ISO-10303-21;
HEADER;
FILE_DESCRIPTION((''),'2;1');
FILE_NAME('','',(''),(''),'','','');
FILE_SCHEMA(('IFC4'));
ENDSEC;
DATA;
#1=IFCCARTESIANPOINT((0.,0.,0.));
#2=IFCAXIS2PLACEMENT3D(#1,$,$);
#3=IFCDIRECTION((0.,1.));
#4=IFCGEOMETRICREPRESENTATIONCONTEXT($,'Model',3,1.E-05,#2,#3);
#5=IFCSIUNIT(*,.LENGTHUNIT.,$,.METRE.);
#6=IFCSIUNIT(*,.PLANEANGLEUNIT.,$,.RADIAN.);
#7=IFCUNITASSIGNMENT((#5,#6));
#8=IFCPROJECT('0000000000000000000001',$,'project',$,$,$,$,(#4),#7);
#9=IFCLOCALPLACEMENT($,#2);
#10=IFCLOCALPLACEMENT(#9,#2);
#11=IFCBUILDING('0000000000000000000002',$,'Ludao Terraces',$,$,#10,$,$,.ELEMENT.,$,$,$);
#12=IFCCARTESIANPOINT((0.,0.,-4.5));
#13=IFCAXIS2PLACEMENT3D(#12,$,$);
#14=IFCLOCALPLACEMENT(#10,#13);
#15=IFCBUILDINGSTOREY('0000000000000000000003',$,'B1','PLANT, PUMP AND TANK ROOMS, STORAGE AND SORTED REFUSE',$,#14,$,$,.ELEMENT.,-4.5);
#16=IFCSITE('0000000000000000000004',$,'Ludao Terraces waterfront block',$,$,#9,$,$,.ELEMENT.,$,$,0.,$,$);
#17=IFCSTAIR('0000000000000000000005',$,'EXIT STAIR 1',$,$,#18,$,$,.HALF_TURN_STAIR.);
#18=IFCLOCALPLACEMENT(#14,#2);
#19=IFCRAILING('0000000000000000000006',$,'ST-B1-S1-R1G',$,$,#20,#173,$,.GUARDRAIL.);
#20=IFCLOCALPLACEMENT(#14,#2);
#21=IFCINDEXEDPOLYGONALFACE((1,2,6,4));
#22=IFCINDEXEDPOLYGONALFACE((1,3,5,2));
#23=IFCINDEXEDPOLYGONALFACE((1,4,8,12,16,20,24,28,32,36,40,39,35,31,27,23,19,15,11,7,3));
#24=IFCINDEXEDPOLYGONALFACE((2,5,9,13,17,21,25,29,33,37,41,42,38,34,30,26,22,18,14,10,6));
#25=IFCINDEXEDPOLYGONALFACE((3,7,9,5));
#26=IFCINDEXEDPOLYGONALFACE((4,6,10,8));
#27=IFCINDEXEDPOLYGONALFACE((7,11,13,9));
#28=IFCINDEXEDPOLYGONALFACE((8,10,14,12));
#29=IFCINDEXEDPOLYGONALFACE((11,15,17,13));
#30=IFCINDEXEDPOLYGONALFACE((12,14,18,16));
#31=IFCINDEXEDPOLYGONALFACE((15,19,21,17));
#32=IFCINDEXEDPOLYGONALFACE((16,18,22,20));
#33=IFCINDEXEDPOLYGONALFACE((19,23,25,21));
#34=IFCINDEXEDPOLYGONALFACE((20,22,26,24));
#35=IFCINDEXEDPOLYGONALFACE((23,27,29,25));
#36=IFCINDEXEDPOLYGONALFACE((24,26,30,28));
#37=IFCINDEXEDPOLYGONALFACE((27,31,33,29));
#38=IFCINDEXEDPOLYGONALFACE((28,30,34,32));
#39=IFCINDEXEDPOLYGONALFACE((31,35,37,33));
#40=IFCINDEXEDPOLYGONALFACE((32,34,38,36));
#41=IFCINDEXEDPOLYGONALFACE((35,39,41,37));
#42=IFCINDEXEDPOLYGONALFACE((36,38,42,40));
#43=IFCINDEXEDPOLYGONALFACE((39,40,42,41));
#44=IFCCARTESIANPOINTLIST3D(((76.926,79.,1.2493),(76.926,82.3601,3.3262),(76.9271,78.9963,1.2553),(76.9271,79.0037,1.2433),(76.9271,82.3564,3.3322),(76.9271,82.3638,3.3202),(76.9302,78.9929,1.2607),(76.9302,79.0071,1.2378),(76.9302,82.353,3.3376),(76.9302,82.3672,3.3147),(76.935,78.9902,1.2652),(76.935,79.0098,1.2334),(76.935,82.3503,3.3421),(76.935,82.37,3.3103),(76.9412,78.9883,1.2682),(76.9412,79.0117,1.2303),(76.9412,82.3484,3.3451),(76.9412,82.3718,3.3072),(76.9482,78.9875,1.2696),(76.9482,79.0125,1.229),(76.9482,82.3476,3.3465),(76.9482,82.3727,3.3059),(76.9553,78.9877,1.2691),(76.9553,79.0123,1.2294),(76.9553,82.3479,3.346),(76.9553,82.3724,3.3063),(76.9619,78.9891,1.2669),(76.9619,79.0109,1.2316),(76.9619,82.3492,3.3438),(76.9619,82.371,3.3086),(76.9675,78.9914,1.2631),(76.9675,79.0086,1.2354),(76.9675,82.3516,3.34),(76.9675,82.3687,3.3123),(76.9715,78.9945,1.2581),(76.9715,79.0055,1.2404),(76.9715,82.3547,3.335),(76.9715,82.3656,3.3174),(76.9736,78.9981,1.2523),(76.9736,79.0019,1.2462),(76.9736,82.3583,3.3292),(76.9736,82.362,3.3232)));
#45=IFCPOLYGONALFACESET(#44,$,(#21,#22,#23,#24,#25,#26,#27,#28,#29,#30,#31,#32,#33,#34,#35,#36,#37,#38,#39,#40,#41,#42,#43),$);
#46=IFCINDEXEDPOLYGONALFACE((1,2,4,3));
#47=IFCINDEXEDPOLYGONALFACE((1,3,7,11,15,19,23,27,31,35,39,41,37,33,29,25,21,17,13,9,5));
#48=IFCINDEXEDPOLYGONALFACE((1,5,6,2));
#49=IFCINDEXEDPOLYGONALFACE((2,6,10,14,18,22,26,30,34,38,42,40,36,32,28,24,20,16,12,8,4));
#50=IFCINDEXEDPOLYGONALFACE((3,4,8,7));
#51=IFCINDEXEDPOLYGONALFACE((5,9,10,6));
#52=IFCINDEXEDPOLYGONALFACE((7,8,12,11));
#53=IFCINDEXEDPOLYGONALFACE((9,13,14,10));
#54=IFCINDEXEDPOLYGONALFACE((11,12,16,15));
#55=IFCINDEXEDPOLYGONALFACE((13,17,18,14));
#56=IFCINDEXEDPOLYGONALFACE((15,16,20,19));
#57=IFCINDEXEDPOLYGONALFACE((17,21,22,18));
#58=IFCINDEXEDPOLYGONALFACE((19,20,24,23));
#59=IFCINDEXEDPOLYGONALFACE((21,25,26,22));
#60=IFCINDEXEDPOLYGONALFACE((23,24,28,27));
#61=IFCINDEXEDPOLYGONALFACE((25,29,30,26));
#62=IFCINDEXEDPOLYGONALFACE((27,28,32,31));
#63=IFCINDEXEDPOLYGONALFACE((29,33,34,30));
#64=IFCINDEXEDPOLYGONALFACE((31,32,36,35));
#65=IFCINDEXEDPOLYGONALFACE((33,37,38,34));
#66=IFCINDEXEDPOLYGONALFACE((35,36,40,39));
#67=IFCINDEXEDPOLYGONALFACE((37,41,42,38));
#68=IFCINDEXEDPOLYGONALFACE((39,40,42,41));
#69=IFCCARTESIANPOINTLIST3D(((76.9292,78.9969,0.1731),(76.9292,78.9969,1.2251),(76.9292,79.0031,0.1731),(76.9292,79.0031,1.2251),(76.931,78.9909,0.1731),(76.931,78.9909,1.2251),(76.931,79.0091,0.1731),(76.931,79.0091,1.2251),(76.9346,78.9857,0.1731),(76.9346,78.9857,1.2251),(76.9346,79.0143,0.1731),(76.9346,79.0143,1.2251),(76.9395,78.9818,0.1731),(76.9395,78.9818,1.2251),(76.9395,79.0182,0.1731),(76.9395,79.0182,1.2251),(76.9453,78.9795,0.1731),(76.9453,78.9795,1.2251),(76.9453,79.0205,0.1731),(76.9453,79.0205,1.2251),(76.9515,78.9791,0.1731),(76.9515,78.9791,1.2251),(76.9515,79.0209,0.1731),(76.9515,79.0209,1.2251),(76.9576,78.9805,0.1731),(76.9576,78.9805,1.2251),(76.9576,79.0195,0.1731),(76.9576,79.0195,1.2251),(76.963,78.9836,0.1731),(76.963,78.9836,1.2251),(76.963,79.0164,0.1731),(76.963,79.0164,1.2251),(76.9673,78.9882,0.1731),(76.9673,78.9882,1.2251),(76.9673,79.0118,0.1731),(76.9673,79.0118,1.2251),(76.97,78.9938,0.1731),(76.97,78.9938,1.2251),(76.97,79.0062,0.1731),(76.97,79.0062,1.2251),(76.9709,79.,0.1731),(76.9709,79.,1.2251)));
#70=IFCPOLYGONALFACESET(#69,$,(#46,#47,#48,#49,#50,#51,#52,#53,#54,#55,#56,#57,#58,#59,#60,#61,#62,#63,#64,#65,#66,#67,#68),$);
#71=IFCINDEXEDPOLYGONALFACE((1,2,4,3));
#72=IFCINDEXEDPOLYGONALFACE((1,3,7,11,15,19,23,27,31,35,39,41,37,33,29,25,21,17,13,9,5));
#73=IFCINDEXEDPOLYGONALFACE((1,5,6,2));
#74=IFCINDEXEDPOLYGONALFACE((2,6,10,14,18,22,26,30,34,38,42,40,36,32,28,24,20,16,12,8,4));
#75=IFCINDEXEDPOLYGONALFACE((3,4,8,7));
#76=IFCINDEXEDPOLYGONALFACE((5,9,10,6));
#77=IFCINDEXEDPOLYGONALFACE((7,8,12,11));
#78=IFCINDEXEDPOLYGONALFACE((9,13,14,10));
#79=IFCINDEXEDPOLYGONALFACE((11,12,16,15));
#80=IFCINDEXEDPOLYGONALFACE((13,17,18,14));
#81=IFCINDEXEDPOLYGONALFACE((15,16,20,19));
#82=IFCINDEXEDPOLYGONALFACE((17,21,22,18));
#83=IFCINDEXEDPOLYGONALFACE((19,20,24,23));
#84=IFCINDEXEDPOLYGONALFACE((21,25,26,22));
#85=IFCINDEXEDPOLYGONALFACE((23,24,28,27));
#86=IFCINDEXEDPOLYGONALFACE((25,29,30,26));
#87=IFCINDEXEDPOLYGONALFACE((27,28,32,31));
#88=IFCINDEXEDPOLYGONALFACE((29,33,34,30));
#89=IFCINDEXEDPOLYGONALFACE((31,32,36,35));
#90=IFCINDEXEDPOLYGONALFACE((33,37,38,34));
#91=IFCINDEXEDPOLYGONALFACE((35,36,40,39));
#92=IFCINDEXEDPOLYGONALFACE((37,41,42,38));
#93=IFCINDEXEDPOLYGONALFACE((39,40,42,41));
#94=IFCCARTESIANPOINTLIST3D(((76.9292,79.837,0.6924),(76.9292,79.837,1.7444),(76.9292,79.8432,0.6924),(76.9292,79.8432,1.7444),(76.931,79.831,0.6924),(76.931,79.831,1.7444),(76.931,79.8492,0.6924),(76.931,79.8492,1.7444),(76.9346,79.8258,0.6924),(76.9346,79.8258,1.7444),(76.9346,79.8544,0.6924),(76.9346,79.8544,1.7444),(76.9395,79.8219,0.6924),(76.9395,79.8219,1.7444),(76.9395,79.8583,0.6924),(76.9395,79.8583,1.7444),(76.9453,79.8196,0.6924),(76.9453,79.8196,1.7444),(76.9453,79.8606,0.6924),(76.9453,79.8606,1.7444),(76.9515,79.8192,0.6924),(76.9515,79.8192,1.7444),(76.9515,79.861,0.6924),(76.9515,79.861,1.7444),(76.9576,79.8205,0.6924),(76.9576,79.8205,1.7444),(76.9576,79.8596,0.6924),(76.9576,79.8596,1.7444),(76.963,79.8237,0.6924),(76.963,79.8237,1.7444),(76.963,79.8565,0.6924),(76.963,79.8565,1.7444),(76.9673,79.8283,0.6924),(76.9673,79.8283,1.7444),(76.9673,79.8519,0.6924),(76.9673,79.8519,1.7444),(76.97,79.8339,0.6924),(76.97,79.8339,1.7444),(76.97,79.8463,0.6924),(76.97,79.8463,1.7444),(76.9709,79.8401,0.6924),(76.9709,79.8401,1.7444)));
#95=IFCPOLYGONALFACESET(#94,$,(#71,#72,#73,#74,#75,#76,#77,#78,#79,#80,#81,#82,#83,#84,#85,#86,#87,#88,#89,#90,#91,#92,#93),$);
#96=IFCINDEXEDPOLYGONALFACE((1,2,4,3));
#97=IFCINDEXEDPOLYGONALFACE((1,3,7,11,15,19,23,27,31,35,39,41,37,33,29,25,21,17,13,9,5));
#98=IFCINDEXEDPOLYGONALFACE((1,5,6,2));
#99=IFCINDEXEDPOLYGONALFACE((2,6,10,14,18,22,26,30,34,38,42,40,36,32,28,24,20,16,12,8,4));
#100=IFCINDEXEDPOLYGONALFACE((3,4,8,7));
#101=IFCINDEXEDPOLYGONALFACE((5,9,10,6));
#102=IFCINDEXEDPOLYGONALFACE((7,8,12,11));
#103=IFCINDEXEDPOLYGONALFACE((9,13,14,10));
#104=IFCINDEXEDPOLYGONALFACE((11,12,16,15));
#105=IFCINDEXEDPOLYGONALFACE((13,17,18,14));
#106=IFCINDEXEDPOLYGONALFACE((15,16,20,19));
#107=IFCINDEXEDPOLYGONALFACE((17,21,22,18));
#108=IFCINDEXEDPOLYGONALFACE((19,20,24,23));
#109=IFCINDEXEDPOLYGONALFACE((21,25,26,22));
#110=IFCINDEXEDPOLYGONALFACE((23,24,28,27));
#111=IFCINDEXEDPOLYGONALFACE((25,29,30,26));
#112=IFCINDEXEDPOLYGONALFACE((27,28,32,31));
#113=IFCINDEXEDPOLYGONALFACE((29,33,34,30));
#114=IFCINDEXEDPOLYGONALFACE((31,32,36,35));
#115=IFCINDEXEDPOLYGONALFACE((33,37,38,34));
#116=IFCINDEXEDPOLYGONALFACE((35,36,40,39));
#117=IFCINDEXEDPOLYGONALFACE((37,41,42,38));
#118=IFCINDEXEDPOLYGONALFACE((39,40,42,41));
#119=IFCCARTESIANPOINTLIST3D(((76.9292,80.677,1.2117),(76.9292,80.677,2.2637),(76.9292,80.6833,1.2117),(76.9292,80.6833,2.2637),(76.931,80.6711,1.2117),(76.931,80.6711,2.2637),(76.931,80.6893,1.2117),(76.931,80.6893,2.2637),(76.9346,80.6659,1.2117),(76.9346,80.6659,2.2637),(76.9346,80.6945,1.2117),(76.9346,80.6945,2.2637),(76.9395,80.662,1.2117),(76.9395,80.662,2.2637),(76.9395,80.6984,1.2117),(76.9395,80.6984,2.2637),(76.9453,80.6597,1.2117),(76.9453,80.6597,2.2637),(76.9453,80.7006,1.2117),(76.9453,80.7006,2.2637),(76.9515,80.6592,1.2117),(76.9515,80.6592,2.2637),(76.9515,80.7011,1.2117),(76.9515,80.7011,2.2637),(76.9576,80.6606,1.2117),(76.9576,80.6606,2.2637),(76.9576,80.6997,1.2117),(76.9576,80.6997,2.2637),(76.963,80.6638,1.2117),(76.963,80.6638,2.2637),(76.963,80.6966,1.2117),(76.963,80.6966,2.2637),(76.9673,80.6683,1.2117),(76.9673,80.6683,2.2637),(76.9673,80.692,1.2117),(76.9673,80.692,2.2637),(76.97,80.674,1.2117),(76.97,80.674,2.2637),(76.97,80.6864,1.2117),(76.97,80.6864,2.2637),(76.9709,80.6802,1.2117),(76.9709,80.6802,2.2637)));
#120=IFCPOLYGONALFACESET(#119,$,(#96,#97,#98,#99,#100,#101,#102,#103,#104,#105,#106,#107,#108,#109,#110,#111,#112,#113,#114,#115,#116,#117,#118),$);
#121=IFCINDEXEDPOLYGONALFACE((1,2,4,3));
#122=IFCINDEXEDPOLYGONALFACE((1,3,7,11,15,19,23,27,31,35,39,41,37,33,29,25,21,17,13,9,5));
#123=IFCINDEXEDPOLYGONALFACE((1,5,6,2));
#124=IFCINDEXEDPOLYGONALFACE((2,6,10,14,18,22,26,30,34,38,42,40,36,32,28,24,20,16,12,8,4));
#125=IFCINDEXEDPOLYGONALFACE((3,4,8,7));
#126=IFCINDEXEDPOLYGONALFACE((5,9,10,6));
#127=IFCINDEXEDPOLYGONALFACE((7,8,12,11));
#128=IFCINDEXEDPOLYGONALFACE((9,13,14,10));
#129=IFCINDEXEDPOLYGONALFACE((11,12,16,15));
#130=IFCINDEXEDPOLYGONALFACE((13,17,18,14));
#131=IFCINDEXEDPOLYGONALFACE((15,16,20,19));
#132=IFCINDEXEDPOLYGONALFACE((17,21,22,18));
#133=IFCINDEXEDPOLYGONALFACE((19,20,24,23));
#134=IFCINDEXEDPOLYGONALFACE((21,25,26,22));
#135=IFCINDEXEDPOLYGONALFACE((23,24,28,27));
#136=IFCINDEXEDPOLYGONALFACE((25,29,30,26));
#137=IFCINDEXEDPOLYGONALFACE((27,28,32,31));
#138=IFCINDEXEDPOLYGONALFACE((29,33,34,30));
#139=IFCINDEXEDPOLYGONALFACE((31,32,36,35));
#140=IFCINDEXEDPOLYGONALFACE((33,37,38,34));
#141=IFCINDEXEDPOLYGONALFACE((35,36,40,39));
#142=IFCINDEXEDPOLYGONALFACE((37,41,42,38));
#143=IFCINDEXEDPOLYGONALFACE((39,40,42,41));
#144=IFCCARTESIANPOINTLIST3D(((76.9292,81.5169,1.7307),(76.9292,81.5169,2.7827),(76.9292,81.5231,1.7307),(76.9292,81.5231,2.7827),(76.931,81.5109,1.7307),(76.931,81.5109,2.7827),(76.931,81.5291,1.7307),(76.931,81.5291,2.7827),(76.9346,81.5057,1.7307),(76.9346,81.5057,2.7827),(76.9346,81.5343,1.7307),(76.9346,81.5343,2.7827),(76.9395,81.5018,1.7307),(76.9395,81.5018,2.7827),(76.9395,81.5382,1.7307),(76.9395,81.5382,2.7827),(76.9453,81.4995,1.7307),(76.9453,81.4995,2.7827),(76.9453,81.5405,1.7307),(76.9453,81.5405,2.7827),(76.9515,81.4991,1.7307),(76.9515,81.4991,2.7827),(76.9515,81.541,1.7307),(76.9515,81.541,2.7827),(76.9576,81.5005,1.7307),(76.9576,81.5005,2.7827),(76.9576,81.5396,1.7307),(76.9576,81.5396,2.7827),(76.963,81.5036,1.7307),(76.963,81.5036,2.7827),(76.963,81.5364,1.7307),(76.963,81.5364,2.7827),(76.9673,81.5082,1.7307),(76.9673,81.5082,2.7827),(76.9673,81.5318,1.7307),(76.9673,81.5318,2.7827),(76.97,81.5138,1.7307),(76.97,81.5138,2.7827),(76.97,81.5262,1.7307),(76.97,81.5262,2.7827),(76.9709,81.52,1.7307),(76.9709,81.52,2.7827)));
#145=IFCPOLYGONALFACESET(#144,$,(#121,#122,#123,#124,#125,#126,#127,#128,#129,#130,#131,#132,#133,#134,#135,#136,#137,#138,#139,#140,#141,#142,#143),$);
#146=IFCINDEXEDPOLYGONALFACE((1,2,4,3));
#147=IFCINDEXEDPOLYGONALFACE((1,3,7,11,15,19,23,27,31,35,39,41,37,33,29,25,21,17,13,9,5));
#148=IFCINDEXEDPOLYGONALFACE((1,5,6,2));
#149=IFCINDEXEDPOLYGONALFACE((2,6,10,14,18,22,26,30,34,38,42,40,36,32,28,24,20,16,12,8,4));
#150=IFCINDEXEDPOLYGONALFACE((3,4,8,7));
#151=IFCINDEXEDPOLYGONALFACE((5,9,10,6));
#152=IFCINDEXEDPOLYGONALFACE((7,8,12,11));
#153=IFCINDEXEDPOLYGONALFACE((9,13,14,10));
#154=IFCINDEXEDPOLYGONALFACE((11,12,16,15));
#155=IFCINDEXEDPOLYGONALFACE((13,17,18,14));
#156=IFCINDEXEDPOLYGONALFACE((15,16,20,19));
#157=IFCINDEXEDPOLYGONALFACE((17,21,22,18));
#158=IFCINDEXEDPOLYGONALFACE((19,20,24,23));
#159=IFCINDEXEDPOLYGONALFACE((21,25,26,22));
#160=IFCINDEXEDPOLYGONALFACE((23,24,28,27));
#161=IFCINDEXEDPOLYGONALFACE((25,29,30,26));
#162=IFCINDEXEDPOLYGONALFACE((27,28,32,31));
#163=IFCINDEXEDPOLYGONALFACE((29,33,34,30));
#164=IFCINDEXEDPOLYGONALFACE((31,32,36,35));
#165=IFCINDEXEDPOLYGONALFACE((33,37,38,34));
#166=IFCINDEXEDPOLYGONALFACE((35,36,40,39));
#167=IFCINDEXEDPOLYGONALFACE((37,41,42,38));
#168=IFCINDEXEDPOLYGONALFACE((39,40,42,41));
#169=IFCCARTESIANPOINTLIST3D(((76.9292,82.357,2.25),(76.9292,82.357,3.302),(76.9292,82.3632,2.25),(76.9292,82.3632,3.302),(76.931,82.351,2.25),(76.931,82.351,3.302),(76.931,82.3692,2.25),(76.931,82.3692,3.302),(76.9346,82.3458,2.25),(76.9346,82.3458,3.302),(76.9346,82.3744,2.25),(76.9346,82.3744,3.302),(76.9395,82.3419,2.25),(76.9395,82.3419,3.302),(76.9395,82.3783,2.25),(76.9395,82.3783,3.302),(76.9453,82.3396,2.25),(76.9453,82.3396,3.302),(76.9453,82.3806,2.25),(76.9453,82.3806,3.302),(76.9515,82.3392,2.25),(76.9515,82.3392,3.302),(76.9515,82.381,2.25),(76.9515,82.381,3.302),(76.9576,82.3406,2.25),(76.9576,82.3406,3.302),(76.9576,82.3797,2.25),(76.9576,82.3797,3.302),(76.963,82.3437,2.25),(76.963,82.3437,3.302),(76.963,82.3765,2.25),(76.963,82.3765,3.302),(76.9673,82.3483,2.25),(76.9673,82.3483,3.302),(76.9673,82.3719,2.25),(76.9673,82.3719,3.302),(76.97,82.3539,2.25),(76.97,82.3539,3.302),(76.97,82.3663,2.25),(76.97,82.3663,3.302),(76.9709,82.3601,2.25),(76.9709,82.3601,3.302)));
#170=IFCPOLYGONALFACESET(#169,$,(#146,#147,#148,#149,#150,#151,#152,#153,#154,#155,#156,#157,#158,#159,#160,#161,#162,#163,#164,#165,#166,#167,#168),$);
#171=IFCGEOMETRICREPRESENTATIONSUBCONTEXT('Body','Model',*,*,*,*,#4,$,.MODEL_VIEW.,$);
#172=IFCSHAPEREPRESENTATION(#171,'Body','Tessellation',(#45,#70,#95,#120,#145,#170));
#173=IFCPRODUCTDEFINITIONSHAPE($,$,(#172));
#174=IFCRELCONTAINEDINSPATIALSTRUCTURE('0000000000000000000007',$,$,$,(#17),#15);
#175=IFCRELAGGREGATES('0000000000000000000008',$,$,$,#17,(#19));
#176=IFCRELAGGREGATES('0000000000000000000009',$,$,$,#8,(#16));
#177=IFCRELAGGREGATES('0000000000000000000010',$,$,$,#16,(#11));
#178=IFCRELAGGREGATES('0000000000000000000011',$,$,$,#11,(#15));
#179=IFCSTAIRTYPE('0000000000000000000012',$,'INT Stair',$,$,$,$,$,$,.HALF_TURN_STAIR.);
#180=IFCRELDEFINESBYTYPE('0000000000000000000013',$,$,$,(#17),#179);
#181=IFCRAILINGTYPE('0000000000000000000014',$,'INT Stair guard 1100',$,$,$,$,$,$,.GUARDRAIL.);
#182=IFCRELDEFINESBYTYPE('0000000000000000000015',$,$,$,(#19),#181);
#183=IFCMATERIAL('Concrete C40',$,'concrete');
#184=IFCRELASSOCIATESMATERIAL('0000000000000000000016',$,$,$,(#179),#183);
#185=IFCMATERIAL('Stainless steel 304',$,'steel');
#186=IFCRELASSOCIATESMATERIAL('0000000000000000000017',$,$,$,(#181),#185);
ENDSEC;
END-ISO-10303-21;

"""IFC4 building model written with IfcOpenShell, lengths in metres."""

from ifc_helpers import new_model, si_unit, direction, frame, origin, origin_2d, place, context, subcontext, project, spatial, circle, extrude, material, type_object, element, aggregate, save


model = new_model("IFC4")

# Units and contexts
model_context = context("Model", 3, precision=1e-05, world=origin(), true_north=direction((0.0, 1.0)))
body_context = subcontext(model_context, "Body", "Model", "MODEL_VIEW")
ifc_project = project(units=[si_unit("LENGTHUNIT", "METRE"), si_unit("PLANEANGLEUNIT", "RADIAN")], contexts=[model_context])

# Site, building, storey
site_placement = place(None, origin())
site = spatial("IfcSite", under=ifc_project, at=site_placement, Name="Ludao Terraces waterfront block", CompositionType="ELEMENT", RefElevation=0.0)
building_placement = place(site_placement, origin())
building = spatial("IfcBuilding", under=site, at=building_placement, Name="Ludao Terraces", CompositionType="ELEMENT")
storey_placement = place(building_placement, frame((0.0, 0.0, -4.5)))
storey = spatial("IfcBuildingStorey", under=building, at=storey_placement, Name="B1", Description="PLANT, PUMP AND TANK ROOMS, STORAGE AND SORTED REFUSE", CompositionType="ELEMENT", Elevation=-4.5)

# Shared definitions
ifc_material_1 = material(Name="Stainless steel 304", Category="steel")

# Stair, railing
ifc_material_2 = material(Name="Concrete C40", Category="concrete")
stair_type = type_object("IfcStairType", Name="INT Stair", PredefinedType="HALF_TURN_STAIR", material=ifc_material_2)
stair_placement = place(storey_placement, origin())
stair = element("IfcStair", 1, at=stair_placement, inside=storey, type_object=stair_type, Name="EXIT STAIR 1", PredefinedType="HALF_TURN_STAIR")
railing_type_1 = type_object("IfcRailingType", Name="INT Stair guard 1100", PredefinedType="GUARDRAIL", material=ifc_material_1)
railing_1_placement = place(storey_placement, frame((76.95, 79.0, 0.1731)))
railing_1 = element("IfcRailing", 2, at=railing_1_placement, type_object=railing_type_1, Name="ST-B1-S1-R1G", PredefinedType="GUARDRAIL", context=body_context, shape_type="SweptSolid", body=[
    extrude(circle(Radius=0.0239, at=origin_2d()), frame((0.0, 0.0, 1.0762), z_axis=(0.0, 0.850623, 0.525776), x_axis=(-1.0, 0.0, 0.0)), (0.0, 0.0, 1.0), 3.9502),
    extrude(circle(Radius=0.021, at=origin_2d()), origin(), (0.0, 0.0, 1.0), 1.052),
    extrude(circle(Radius=0.021, at=origin_2d()), frame((0.0, 0.8401, 0.5193)), (0.0, 0.0, 1.0), 1.052),
    extrude(circle(Radius=0.021, at=origin_2d()), frame((0.0, 1.6802, 1.0386)), (0.0, 0.0, 1.0), 1.052),
    extrude(circle(Radius=0.021, at=origin_2d()), frame((0.0, 2.52, 1.5576)), (0.0, 0.0, 1.0), 1.052),
    extrude(circle(Radius=0.021, at=origin_2d()), frame((0.0, 3.3601, 2.0769)), (0.0, 0.0, 1.0), 1.052),
])
aggregate(stair, [railing_1])

save(model, "model.ifc")
